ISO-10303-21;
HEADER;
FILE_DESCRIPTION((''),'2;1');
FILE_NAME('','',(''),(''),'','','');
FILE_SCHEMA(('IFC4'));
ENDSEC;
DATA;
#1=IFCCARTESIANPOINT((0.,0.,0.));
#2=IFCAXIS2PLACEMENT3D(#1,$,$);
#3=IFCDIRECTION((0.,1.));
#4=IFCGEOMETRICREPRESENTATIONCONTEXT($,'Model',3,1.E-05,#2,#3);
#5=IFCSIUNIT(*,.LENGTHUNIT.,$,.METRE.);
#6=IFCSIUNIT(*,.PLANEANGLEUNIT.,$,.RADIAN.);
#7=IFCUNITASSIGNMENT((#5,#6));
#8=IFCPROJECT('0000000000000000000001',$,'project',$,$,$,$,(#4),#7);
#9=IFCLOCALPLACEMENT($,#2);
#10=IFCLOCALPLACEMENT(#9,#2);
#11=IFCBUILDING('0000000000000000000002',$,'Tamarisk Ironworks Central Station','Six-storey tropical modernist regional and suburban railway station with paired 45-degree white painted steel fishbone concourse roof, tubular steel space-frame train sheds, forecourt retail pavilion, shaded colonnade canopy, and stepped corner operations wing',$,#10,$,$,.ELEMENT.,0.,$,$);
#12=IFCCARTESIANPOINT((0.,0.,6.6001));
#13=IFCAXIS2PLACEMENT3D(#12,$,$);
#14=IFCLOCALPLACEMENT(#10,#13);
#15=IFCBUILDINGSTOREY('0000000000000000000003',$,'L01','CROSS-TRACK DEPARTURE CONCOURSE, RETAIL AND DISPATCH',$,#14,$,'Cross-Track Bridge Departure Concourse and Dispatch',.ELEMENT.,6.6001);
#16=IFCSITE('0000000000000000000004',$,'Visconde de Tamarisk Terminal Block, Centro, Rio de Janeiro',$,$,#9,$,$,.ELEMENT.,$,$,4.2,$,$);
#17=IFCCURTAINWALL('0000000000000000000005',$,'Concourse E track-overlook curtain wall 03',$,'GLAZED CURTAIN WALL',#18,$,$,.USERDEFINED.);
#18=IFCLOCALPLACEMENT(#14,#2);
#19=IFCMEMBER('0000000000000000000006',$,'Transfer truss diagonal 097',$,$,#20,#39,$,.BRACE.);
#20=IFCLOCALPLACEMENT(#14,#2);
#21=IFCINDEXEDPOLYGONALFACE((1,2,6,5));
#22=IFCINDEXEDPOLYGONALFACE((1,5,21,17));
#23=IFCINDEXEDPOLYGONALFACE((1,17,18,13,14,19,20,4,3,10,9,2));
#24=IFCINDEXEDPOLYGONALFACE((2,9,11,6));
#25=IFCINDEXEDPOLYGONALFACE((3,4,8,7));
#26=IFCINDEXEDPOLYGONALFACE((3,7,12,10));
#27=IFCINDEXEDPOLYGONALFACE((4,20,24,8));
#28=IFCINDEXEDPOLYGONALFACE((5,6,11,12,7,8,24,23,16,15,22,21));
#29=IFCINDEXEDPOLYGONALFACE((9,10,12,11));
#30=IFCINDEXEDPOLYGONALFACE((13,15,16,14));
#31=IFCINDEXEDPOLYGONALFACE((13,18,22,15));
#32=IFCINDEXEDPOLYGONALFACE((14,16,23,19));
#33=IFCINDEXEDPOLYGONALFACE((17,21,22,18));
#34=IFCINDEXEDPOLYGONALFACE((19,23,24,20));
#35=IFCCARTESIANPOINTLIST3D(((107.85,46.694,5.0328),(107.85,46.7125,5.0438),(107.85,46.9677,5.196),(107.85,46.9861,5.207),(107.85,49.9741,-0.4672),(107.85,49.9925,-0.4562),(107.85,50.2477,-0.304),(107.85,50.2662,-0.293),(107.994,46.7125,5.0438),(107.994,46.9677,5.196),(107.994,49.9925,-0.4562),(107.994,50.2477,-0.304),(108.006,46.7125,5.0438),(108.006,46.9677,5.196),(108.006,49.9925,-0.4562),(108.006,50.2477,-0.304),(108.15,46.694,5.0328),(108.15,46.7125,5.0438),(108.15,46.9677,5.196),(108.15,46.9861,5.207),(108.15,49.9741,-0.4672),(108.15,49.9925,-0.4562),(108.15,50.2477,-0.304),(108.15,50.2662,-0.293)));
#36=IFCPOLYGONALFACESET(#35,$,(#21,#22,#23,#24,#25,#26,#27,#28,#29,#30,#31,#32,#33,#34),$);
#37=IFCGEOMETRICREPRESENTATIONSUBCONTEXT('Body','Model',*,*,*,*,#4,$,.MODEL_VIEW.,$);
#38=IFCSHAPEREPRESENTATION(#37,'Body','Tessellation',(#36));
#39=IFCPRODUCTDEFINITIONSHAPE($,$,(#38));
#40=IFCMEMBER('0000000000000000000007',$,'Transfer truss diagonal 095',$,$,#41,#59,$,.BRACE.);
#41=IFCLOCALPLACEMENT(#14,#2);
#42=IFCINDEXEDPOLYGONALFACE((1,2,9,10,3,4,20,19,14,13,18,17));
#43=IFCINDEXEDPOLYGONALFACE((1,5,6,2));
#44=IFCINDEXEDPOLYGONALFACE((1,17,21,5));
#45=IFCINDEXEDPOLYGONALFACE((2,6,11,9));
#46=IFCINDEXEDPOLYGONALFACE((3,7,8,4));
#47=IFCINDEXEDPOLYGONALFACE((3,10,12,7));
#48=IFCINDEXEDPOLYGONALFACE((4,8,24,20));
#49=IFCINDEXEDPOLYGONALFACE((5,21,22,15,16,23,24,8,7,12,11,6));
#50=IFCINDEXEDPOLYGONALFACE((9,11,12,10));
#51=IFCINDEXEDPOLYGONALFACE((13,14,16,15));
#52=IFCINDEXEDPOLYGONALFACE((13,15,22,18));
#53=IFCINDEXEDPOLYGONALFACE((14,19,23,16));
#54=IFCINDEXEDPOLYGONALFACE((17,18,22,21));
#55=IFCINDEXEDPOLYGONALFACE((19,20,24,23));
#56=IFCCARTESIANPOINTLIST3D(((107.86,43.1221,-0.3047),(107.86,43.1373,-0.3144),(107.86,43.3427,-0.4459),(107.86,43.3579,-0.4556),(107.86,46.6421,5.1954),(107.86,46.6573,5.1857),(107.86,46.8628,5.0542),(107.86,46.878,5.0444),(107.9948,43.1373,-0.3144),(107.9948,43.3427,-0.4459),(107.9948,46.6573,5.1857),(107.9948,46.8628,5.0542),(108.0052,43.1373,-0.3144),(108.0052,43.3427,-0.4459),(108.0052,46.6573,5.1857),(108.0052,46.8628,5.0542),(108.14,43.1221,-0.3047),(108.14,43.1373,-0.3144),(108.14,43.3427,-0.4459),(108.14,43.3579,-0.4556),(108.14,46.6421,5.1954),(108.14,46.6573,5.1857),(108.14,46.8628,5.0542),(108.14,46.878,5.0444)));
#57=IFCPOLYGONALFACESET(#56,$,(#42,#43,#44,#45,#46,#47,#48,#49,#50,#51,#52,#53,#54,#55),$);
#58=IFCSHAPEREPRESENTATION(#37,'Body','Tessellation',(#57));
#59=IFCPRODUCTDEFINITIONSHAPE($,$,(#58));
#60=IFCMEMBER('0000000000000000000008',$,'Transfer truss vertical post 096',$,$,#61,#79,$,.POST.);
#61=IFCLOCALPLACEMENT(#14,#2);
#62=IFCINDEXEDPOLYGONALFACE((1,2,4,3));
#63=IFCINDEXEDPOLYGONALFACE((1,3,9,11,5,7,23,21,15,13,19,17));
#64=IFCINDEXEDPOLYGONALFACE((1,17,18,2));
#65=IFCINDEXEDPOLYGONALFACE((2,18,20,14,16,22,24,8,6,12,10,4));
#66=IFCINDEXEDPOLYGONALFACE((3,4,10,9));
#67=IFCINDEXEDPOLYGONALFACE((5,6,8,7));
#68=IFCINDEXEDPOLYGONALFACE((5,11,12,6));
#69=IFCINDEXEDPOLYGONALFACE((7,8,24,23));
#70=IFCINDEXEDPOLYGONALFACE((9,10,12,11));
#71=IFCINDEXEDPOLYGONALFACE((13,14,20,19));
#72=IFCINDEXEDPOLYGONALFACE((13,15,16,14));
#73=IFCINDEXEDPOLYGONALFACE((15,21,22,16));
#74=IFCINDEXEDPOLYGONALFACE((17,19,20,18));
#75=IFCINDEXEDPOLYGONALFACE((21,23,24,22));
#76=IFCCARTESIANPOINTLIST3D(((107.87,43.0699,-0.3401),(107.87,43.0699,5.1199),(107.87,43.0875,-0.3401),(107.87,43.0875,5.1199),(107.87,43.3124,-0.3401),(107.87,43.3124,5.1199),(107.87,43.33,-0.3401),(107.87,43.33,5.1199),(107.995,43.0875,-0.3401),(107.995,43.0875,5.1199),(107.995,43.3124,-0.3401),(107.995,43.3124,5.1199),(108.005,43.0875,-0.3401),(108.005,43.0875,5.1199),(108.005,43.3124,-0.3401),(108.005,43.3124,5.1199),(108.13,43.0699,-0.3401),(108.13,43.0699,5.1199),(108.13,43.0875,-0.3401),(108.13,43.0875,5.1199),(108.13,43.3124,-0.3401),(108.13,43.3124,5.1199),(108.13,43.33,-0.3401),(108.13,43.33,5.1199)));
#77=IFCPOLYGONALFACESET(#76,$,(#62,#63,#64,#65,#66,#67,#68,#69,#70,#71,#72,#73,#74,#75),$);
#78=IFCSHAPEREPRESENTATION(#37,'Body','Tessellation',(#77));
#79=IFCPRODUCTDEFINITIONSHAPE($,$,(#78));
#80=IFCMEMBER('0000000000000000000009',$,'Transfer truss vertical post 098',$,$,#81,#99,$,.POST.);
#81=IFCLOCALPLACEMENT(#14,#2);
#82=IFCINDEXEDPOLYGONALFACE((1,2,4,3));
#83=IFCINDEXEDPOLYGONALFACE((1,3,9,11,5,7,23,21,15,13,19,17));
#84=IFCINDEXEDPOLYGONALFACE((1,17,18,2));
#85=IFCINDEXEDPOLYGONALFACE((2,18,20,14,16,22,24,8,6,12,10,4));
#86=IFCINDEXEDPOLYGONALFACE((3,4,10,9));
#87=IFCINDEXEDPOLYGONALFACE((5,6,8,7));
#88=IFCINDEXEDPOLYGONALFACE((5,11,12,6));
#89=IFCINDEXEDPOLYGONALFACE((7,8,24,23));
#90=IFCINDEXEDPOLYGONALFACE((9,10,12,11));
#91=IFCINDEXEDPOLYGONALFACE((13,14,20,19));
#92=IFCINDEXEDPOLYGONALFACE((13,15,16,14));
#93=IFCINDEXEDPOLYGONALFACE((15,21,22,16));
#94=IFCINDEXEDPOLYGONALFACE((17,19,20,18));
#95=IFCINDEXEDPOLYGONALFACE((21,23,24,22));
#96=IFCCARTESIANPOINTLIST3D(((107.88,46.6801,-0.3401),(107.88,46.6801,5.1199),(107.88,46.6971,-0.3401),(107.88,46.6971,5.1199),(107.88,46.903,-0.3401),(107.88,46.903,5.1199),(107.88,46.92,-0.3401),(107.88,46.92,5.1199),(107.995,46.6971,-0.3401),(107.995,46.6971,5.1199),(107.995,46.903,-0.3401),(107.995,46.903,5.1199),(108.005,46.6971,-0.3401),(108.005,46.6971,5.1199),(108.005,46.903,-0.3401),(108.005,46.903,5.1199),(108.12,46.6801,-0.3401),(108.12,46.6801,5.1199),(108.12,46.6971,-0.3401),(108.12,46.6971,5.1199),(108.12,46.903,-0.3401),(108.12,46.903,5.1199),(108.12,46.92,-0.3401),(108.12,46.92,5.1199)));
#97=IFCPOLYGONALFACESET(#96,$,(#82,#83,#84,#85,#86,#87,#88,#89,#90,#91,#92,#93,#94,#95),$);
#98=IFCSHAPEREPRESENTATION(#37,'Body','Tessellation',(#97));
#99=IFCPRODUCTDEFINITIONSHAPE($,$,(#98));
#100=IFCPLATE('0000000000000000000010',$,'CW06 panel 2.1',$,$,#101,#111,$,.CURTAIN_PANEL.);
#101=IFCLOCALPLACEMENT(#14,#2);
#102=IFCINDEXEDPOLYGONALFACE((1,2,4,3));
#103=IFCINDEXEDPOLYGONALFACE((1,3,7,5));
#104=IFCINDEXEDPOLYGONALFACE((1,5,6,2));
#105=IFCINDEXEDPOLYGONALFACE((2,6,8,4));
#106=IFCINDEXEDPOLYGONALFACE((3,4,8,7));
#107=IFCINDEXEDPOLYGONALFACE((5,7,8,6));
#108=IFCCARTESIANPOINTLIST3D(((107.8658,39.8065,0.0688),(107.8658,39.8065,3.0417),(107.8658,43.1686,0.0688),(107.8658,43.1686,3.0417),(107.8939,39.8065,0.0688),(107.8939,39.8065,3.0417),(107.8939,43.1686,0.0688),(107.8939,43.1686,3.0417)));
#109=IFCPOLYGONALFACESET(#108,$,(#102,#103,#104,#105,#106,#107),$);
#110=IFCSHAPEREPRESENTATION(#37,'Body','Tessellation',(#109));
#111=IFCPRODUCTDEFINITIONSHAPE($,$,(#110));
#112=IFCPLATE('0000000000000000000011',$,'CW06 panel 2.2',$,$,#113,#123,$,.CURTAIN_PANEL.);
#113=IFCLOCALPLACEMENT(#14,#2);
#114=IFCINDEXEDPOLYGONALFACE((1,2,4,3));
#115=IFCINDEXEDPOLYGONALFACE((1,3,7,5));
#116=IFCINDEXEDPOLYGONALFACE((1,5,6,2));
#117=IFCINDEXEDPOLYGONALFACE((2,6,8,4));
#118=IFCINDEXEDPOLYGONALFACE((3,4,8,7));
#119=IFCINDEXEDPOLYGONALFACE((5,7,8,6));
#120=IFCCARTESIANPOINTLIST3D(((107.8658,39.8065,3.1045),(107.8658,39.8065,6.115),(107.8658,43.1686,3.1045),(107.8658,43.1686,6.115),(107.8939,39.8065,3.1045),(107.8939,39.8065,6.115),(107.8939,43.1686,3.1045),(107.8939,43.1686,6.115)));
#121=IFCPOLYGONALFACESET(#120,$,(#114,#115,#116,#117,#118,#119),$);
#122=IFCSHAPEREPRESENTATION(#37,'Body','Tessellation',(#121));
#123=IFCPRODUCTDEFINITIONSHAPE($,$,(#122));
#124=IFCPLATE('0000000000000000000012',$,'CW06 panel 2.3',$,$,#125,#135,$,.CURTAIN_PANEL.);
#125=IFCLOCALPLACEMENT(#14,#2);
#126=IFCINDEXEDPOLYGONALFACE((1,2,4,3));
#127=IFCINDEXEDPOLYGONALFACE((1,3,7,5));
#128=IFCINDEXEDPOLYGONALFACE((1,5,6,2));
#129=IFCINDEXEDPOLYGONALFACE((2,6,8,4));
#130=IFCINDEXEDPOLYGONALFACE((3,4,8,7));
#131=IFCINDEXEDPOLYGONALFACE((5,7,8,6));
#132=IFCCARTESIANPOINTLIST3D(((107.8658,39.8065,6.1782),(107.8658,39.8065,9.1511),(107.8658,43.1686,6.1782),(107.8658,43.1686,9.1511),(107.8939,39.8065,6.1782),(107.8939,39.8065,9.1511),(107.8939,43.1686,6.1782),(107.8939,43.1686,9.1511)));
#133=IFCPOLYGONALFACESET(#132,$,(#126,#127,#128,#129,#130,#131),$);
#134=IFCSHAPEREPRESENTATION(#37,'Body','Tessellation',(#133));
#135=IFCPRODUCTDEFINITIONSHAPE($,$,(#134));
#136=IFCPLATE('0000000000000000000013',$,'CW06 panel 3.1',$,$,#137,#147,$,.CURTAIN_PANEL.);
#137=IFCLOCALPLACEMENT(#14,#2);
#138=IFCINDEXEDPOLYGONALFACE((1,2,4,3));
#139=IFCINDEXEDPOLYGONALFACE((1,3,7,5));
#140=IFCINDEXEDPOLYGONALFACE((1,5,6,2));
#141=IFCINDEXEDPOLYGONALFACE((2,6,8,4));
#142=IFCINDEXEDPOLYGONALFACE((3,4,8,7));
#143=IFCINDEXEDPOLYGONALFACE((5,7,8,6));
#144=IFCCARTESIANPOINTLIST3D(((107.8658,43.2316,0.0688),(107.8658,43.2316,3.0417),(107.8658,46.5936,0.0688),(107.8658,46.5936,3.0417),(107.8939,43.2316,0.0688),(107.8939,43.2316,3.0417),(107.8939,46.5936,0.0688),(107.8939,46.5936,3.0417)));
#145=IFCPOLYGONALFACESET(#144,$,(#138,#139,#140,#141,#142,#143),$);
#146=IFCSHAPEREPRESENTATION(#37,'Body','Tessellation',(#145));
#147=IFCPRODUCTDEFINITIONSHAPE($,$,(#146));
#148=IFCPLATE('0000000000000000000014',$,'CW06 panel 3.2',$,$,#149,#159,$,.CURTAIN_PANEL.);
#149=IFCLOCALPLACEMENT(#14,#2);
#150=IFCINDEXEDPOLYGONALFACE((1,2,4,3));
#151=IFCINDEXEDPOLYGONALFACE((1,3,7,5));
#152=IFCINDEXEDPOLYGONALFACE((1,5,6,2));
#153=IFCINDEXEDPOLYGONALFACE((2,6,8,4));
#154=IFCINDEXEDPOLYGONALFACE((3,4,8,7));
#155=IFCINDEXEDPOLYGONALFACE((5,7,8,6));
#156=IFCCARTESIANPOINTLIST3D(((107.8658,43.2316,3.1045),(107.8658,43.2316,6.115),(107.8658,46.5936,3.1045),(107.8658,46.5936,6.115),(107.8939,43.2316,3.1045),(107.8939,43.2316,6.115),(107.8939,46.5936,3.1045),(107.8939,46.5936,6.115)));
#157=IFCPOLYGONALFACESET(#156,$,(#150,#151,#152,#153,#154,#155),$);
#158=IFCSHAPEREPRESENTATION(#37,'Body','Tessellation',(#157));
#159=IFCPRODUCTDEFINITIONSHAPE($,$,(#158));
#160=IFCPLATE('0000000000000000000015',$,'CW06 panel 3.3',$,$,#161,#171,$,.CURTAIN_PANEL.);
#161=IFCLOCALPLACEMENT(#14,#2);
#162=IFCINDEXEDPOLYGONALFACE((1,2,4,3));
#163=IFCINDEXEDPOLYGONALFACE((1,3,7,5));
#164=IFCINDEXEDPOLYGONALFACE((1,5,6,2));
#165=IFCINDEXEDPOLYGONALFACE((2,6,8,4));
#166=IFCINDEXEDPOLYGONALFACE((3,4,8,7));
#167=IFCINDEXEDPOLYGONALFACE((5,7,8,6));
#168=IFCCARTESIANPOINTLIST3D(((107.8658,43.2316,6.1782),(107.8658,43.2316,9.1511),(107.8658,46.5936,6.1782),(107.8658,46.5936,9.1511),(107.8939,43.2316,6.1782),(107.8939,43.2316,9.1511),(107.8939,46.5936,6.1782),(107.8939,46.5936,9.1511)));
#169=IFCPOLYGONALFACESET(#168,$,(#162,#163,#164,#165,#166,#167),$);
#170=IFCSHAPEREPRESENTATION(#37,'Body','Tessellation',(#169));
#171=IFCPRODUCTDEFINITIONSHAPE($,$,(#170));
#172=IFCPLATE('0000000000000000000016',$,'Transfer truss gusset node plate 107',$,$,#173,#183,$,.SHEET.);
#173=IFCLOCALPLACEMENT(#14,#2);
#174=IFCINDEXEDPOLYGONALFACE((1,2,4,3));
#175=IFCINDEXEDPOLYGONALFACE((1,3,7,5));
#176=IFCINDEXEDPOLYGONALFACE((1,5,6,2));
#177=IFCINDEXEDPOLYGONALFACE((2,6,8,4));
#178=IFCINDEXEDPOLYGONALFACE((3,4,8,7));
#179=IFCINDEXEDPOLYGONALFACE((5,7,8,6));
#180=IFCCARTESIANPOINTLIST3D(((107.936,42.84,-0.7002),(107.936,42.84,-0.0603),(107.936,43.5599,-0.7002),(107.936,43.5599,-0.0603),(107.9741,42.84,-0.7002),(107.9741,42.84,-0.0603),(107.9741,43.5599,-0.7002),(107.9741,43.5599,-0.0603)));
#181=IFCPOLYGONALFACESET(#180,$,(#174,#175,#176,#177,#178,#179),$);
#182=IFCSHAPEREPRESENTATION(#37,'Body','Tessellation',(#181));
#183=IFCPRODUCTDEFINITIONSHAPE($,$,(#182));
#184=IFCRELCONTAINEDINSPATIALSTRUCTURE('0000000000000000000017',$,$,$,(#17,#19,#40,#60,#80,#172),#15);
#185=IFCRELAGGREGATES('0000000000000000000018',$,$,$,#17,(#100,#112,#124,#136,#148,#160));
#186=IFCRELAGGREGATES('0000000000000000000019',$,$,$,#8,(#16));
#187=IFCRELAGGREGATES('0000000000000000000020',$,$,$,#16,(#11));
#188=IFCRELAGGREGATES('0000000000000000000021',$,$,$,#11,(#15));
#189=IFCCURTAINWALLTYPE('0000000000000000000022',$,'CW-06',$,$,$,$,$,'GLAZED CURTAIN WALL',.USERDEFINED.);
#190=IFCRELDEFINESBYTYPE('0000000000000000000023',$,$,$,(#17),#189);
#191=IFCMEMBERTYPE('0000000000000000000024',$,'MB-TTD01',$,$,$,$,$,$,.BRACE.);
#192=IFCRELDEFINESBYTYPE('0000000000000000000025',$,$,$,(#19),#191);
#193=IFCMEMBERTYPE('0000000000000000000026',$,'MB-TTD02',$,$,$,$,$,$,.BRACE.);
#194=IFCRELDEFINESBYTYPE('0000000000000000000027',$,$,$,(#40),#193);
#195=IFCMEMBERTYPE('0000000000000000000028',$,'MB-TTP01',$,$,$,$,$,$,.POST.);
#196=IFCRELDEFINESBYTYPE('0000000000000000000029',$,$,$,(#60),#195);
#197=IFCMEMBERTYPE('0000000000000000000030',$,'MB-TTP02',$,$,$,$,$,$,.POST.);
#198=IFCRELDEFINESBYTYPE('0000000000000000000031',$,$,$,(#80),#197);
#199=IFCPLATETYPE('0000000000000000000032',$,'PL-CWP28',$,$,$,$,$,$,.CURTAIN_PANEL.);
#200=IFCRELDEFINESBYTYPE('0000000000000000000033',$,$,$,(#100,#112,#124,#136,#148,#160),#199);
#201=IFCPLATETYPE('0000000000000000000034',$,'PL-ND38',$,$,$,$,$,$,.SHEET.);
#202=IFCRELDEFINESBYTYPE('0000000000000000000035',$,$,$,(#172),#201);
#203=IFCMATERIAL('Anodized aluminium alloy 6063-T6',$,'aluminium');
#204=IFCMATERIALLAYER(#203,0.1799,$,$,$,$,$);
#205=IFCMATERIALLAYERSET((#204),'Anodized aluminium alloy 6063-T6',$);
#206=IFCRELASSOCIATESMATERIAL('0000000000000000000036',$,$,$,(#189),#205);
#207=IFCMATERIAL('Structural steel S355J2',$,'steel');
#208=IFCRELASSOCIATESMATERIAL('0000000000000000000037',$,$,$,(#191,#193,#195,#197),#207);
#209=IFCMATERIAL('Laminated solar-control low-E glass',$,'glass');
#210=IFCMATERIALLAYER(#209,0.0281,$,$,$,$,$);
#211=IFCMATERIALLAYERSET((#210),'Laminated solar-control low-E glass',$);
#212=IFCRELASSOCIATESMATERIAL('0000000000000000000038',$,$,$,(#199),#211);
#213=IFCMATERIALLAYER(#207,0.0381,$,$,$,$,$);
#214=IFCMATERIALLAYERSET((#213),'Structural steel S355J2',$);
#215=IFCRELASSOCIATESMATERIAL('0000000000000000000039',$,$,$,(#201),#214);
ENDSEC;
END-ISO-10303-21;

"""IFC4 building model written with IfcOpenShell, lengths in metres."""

from ifc_helpers import new_model, si_unit, direction, frame, origin, origin_2d, place, context, subcontext, project, spatial, rectangle, i_section, extrude, material, layer, layer_set, material_profile, profile_set, type_object, element, aggregate, save


model = new_model("IFC4")

# Units and contexts
model_context = context("Model", 3, precision=1e-05, world=origin(), true_north=direction((0.0, 1.0)))
body_context = subcontext(model_context, "Body", "Model", "MODEL_VIEW")
ifc_project = project(units=[si_unit("LENGTHUNIT", "METRE"), si_unit("PLANEANGLEUNIT", "RADIAN")], contexts=[model_context])

# Site, building, storey
site_placement = place(None, origin())
site = spatial("IfcSite", under=ifc_project, at=site_placement, Name="Visconde de Tamarisk Terminal Block, Centro, Rio de Janeiro", CompositionType="ELEMENT", RefElevation=4.2)
building_placement = place(site_placement, origin())
building = spatial("IfcBuilding", under=site, at=building_placement, Name="Tamarisk Ironworks Central Station", Description="Six-storey tropical modernist regional and suburban railway station with paired 45-degree white painted steel fishbone concourse roof, tubular steel space-frame train sheds, forecourt retail pavilion, shaded colonnade canopy, and stepped corner operations wing", CompositionType="ELEMENT", ElevationOfRefHeight=0.0)
storey_placement = place(building_placement, frame((0.0, 0.0, 6.6001)))
storey = spatial("IfcBuildingStorey", under=building, at=storey_placement, Name="L01", Description="CROSS-TRACK DEPARTURE CONCOURSE, RETAIL AND DISPATCH", LongName="Cross-Track Bridge Departure Concourse and Dispatch", CompositionType="ELEMENT", Elevation=6.6001)

# Curtain wall
ifc_material_1 = material(Name="Anodized aluminium alloy 6063-T6", Category="aluminium")
ifc_layer_1 = layer(ifc_material_1, 0.1799)
ifc_layer_set_1 = layer_set([ifc_layer_1], Name="Anodized aluminium alloy 6063-T6")
curtain_wall_type = type_object("IfcCurtainWallType", Name="CW-06", ElementType="GLAZED CURTAIN WALL", PredefinedType="USERDEFINED", material=ifc_layer_set_1)
curtain_wall_placement = place(storey_placement, origin())
curtain_wall = element("IfcCurtainWall", 1, at=curtain_wall_placement, inside=storey, type_object=curtain_wall_type, Name="Concourse E track-overlook curtain wall 03", ObjectType="GLAZED CURTAIN WALL", PredefinedType="USERDEFINED")

# Members
ifc_material_2 = material(Name="Structural steel S355J2", Category="steel")
ifc_material_profile_1 = material_profile(ifc_material_2, i_section(OverallWidth=0.3, OverallDepth=0.3401, WebThickness=0.012, FlangeThickness=0.0215, at=origin_2d()), Name="HEB 340")
ifc_profile_set_1 = profile_set([ifc_material_profile_1], Name="Structural steel S355J2")
member_type_1 = type_object("IfcMemberType", Name="MB-TTD01", PredefinedType="BRACE", material=ifc_profile_set_1)
member_1_placement = place(storey_placement, frame((108.0, 46.8401, 5.1199), z_axis=(0.0, 0.512201, -0.858866), x_axis=(-1.0, 0.0, 0.0)))
element("IfcMember", 2, at=member_1_placement, inside=storey, type_object=member_type_1, Name="Transfer truss diagonal 097", PredefinedType="BRACE", context=body_context, shape_type="SweptSolid", body=[
    extrude(i_section(OverallWidth=0.3, OverallDepth=0.3401, WebThickness=0.012, FlangeThickness=0.0215, at=origin_2d()), origin(), (0.0, 0.0, 1.0), 6.4038),
])
ifc_material_profile_2 = material_profile(ifc_material_2, i_section(OverallWidth=0.28, OverallDepth=0.28, WebThickness=0.0105, FlangeThickness=0.0181, at=origin_2d()), Name="HEB 280")
ifc_profile_set_2 = profile_set([ifc_material_profile_2], Name="Structural steel S355J2")
member_type_2 = type_object("IfcMemberType", Name="MB-TTD02", PredefinedType="BRACE", material=ifc_profile_set_2)
member_2_placement = place(storey_placement, frame((108.0, 43.24, -0.3801), z_axis=(0.0, 0.539056, 0.84227), x_axis=(-1.0, 0.0, 0.0)))
element("IfcMember", 3, at=member_2_placement, inside=storey, type_object=member_type_2, Name="Transfer truss diagonal 095", PredefinedType="BRACE", context=body_context, shape_type="SweptSolid", body=[
    extrude(i_section(OverallWidth=0.28, OverallDepth=0.28, WebThickness=0.0105, FlangeThickness=0.0181, at=origin_2d()), origin(), (0.0, 0.0, 1.0), 6.53),
])
ifc_material_profile_3 = material_profile(ifc_material_2, i_section(OverallWidth=0.26, OverallDepth=0.26, WebThickness=0.01, FlangeThickness=0.0176, at=origin_2d()), Name="HEB 260")
ifc_profile_set_3 = profile_set([ifc_material_profile_3], Name="Structural steel S355J2")
member_type_3 = type_object("IfcMemberType", Name="MB-TTP01", PredefinedType="POST", material=ifc_profile_set_3)
member_3_placement = place(storey_placement, frame((108.0, 43.2, -0.3401), z_axis=(0.0, 0.0, 1.0), x_axis=(1.0, 0.0, 0.0)))
element("IfcMember", 4, at=member_3_placement, inside=storey, type_object=member_type_3, Name="Transfer truss vertical post 096", PredefinedType="POST", context=body_context, shape_type="SweptSolid", body=[
    extrude(i_section(OverallWidth=0.26, OverallDepth=0.26, WebThickness=0.01, FlangeThickness=0.0176, at=origin_2d()), origin(), (0.0, 0.0, 1.0), 5.46),
])
ifc_material_profile_4 = material_profile(ifc_material_2, i_section(OverallWidth=0.24, OverallDepth=0.24, WebThickness=0.01, FlangeThickness=0.0171, at=origin_2d()), Name="HEB 240")
ifc_profile_set_4 = profile_set([ifc_material_profile_4], Name="Structural steel S355J2")
member_type_4 = type_object("IfcMemberType", Name="MB-TTP02", PredefinedType="POST", material=ifc_profile_set_4)
member_4_placement = place(storey_placement, frame((108.0, 46.8, -0.3401), z_axis=(0.0, 0.0, 1.0), x_axis=(1.0, 0.0, 0.0)))
element("IfcMember", 5, at=member_4_placement, inside=storey, type_object=member_type_4, Name="Transfer truss vertical post 098", PredefinedType="POST", context=body_context, shape_type="SweptSolid", body=[
    extrude(i_section(OverallWidth=0.24, OverallDepth=0.24, WebThickness=0.01, FlangeThickness=0.0171, at=origin_2d()), origin(), (0.0, 0.0, 1.0), 5.46),
])

# Plates
ifc_material_3 = material(Name="Laminated solar-control low-E glass", Category="glass")
ifc_layer_2 = layer(ifc_material_3, 0.0281)
ifc_layer_set_2 = layer_set([ifc_layer_2], Name="Laminated solar-control low-E glass")
plate_type_1 = type_object("IfcPlateType", Name="PL-CWP28", PredefinedType="CURTAIN_PANEL", material=ifc_layer_set_2)
plate_1_placement = place(storey_placement, frame((107.8799, 41.4875, 0.0688), z_axis=(0.0, 0.0, 1.0), x_axis=(0.0, 1.0, 0.0)))
plate_1 = element("IfcPlate", 6, at=plate_1_placement, type_object=plate_type_1, Name="CW06 panel 2.1", PredefinedType="CURTAIN_PANEL", context=body_context, shape_type="SweptSolid", body=[
    extrude(rectangle(XDim=3.3621, YDim=0.0281, at=origin_2d()), origin(), (0.0, 0.0, 1.0), 2.9729),
])
plate_2_placement = place(storey_placement, frame((107.8799, 41.4875, 3.1045), z_axis=(0.0, 0.0, 1.0), x_axis=(0.0, 1.0, 0.0)))
plate_2 = element("IfcPlate", 7, at=plate_2_placement, type_object=plate_type_1, Name="CW06 panel 2.2", PredefinedType="CURTAIN_PANEL", context=body_context, shape_type="SweptSolid", body=[
    extrude(rectangle(XDim=3.3621, YDim=0.0281, at=origin_2d()), origin(), (0.0, 0.0, 1.0), 3.0105),
])
plate_3_placement = place(storey_placement, frame((107.8799, 41.4875, 6.1782), z_axis=(0.0, 0.0, 1.0), x_axis=(0.0, 1.0, 0.0)))
plate_3 = element("IfcPlate", 8, at=plate_3_placement, type_object=plate_type_1, Name="CW06 panel 2.3", PredefinedType="CURTAIN_PANEL", context=body_context, shape_type="SweptSolid", body=[
    extrude(rectangle(XDim=3.3621, YDim=0.0281, at=origin_2d()), origin(), (0.0, 0.0, 1.0), 2.9729),
])
plate_4_placement = place(storey_placement, frame((107.8799, 44.9126, 0.0688), z_axis=(0.0, 0.0, 1.0), x_axis=(0.0, 1.0, 0.0)))
plate_4 = element("IfcPlate", 9, at=plate_4_placement, type_object=plate_type_1, Name="CW06 panel 3.1", PredefinedType="CURTAIN_PANEL", context=body_context, shape_type="SweptSolid", body=[
    extrude(rectangle(XDim=3.3621, YDim=0.0281, at=origin_2d()), origin(), (0.0, 0.0, 1.0), 2.9729),
])
plate_5_placement = place(storey_placement, frame((107.8799, 44.9126, 3.1045), z_axis=(0.0, 0.0, 1.0), x_axis=(0.0, 1.0, 0.0)))
plate_5 = element("IfcPlate", 10, at=plate_5_placement, type_object=plate_type_1, Name="CW06 panel 3.2", PredefinedType="CURTAIN_PANEL", context=body_context, shape_type="SweptSolid", body=[
    extrude(rectangle(XDim=3.3621, YDim=0.0281, at=origin_2d()), origin(), (0.0, 0.0, 1.0), 3.0105),
])
plate_6_placement = place(storey_placement, frame((107.8799, 44.9126, 6.1782), z_axis=(0.0, 0.0, 1.0), x_axis=(0.0, 1.0, 0.0)))
plate_6 = element("IfcPlate", 11, at=plate_6_placement, type_object=plate_type_1, Name="CW06 panel 3.3", PredefinedType="CURTAIN_PANEL", context=body_context, shape_type="SweptSolid", body=[
    extrude(rectangle(XDim=3.3621, YDim=0.0281, at=origin_2d()), origin(), (0.0, 0.0, 1.0), 2.9729),
])
aggregate(curtain_wall, [plate_1, plate_2, plate_3, plate_4, plate_5, plate_6])

# Plate
ifc_layer_3 = layer(ifc_material_2, 0.0381)
ifc_layer_set_3 = layer_set([ifc_layer_3], Name="Structural steel S355J2")
plate_type_2 = type_object("IfcPlateType", Name="PL-ND38", PredefinedType="SHEET", material=ifc_layer_set_3)
for number, where, z_axis, x_axis, name in (
    (12, (107.9551, 43.2, -0.7002), (0.0, 0.0, 1.0), (1.0, 0.0, 0.0), "Transfer truss gusset node plate 107"),
):
    element("IfcPlate", number, at=place(storey_placement, frame(where, z_axis=z_axis, x_axis=x_axis)), inside=storey, type_object=plate_type_2, Name=name, PredefinedType="SHEET", context=body_context, shape_type="SweptSolid", body=[
        extrude(rectangle(XDim=0.0381, YDim=0.72, at=origin_2d()), origin(), (0.0, 0.0, 1.0), 0.6399),
    ])

save(model, "model.ifc")
